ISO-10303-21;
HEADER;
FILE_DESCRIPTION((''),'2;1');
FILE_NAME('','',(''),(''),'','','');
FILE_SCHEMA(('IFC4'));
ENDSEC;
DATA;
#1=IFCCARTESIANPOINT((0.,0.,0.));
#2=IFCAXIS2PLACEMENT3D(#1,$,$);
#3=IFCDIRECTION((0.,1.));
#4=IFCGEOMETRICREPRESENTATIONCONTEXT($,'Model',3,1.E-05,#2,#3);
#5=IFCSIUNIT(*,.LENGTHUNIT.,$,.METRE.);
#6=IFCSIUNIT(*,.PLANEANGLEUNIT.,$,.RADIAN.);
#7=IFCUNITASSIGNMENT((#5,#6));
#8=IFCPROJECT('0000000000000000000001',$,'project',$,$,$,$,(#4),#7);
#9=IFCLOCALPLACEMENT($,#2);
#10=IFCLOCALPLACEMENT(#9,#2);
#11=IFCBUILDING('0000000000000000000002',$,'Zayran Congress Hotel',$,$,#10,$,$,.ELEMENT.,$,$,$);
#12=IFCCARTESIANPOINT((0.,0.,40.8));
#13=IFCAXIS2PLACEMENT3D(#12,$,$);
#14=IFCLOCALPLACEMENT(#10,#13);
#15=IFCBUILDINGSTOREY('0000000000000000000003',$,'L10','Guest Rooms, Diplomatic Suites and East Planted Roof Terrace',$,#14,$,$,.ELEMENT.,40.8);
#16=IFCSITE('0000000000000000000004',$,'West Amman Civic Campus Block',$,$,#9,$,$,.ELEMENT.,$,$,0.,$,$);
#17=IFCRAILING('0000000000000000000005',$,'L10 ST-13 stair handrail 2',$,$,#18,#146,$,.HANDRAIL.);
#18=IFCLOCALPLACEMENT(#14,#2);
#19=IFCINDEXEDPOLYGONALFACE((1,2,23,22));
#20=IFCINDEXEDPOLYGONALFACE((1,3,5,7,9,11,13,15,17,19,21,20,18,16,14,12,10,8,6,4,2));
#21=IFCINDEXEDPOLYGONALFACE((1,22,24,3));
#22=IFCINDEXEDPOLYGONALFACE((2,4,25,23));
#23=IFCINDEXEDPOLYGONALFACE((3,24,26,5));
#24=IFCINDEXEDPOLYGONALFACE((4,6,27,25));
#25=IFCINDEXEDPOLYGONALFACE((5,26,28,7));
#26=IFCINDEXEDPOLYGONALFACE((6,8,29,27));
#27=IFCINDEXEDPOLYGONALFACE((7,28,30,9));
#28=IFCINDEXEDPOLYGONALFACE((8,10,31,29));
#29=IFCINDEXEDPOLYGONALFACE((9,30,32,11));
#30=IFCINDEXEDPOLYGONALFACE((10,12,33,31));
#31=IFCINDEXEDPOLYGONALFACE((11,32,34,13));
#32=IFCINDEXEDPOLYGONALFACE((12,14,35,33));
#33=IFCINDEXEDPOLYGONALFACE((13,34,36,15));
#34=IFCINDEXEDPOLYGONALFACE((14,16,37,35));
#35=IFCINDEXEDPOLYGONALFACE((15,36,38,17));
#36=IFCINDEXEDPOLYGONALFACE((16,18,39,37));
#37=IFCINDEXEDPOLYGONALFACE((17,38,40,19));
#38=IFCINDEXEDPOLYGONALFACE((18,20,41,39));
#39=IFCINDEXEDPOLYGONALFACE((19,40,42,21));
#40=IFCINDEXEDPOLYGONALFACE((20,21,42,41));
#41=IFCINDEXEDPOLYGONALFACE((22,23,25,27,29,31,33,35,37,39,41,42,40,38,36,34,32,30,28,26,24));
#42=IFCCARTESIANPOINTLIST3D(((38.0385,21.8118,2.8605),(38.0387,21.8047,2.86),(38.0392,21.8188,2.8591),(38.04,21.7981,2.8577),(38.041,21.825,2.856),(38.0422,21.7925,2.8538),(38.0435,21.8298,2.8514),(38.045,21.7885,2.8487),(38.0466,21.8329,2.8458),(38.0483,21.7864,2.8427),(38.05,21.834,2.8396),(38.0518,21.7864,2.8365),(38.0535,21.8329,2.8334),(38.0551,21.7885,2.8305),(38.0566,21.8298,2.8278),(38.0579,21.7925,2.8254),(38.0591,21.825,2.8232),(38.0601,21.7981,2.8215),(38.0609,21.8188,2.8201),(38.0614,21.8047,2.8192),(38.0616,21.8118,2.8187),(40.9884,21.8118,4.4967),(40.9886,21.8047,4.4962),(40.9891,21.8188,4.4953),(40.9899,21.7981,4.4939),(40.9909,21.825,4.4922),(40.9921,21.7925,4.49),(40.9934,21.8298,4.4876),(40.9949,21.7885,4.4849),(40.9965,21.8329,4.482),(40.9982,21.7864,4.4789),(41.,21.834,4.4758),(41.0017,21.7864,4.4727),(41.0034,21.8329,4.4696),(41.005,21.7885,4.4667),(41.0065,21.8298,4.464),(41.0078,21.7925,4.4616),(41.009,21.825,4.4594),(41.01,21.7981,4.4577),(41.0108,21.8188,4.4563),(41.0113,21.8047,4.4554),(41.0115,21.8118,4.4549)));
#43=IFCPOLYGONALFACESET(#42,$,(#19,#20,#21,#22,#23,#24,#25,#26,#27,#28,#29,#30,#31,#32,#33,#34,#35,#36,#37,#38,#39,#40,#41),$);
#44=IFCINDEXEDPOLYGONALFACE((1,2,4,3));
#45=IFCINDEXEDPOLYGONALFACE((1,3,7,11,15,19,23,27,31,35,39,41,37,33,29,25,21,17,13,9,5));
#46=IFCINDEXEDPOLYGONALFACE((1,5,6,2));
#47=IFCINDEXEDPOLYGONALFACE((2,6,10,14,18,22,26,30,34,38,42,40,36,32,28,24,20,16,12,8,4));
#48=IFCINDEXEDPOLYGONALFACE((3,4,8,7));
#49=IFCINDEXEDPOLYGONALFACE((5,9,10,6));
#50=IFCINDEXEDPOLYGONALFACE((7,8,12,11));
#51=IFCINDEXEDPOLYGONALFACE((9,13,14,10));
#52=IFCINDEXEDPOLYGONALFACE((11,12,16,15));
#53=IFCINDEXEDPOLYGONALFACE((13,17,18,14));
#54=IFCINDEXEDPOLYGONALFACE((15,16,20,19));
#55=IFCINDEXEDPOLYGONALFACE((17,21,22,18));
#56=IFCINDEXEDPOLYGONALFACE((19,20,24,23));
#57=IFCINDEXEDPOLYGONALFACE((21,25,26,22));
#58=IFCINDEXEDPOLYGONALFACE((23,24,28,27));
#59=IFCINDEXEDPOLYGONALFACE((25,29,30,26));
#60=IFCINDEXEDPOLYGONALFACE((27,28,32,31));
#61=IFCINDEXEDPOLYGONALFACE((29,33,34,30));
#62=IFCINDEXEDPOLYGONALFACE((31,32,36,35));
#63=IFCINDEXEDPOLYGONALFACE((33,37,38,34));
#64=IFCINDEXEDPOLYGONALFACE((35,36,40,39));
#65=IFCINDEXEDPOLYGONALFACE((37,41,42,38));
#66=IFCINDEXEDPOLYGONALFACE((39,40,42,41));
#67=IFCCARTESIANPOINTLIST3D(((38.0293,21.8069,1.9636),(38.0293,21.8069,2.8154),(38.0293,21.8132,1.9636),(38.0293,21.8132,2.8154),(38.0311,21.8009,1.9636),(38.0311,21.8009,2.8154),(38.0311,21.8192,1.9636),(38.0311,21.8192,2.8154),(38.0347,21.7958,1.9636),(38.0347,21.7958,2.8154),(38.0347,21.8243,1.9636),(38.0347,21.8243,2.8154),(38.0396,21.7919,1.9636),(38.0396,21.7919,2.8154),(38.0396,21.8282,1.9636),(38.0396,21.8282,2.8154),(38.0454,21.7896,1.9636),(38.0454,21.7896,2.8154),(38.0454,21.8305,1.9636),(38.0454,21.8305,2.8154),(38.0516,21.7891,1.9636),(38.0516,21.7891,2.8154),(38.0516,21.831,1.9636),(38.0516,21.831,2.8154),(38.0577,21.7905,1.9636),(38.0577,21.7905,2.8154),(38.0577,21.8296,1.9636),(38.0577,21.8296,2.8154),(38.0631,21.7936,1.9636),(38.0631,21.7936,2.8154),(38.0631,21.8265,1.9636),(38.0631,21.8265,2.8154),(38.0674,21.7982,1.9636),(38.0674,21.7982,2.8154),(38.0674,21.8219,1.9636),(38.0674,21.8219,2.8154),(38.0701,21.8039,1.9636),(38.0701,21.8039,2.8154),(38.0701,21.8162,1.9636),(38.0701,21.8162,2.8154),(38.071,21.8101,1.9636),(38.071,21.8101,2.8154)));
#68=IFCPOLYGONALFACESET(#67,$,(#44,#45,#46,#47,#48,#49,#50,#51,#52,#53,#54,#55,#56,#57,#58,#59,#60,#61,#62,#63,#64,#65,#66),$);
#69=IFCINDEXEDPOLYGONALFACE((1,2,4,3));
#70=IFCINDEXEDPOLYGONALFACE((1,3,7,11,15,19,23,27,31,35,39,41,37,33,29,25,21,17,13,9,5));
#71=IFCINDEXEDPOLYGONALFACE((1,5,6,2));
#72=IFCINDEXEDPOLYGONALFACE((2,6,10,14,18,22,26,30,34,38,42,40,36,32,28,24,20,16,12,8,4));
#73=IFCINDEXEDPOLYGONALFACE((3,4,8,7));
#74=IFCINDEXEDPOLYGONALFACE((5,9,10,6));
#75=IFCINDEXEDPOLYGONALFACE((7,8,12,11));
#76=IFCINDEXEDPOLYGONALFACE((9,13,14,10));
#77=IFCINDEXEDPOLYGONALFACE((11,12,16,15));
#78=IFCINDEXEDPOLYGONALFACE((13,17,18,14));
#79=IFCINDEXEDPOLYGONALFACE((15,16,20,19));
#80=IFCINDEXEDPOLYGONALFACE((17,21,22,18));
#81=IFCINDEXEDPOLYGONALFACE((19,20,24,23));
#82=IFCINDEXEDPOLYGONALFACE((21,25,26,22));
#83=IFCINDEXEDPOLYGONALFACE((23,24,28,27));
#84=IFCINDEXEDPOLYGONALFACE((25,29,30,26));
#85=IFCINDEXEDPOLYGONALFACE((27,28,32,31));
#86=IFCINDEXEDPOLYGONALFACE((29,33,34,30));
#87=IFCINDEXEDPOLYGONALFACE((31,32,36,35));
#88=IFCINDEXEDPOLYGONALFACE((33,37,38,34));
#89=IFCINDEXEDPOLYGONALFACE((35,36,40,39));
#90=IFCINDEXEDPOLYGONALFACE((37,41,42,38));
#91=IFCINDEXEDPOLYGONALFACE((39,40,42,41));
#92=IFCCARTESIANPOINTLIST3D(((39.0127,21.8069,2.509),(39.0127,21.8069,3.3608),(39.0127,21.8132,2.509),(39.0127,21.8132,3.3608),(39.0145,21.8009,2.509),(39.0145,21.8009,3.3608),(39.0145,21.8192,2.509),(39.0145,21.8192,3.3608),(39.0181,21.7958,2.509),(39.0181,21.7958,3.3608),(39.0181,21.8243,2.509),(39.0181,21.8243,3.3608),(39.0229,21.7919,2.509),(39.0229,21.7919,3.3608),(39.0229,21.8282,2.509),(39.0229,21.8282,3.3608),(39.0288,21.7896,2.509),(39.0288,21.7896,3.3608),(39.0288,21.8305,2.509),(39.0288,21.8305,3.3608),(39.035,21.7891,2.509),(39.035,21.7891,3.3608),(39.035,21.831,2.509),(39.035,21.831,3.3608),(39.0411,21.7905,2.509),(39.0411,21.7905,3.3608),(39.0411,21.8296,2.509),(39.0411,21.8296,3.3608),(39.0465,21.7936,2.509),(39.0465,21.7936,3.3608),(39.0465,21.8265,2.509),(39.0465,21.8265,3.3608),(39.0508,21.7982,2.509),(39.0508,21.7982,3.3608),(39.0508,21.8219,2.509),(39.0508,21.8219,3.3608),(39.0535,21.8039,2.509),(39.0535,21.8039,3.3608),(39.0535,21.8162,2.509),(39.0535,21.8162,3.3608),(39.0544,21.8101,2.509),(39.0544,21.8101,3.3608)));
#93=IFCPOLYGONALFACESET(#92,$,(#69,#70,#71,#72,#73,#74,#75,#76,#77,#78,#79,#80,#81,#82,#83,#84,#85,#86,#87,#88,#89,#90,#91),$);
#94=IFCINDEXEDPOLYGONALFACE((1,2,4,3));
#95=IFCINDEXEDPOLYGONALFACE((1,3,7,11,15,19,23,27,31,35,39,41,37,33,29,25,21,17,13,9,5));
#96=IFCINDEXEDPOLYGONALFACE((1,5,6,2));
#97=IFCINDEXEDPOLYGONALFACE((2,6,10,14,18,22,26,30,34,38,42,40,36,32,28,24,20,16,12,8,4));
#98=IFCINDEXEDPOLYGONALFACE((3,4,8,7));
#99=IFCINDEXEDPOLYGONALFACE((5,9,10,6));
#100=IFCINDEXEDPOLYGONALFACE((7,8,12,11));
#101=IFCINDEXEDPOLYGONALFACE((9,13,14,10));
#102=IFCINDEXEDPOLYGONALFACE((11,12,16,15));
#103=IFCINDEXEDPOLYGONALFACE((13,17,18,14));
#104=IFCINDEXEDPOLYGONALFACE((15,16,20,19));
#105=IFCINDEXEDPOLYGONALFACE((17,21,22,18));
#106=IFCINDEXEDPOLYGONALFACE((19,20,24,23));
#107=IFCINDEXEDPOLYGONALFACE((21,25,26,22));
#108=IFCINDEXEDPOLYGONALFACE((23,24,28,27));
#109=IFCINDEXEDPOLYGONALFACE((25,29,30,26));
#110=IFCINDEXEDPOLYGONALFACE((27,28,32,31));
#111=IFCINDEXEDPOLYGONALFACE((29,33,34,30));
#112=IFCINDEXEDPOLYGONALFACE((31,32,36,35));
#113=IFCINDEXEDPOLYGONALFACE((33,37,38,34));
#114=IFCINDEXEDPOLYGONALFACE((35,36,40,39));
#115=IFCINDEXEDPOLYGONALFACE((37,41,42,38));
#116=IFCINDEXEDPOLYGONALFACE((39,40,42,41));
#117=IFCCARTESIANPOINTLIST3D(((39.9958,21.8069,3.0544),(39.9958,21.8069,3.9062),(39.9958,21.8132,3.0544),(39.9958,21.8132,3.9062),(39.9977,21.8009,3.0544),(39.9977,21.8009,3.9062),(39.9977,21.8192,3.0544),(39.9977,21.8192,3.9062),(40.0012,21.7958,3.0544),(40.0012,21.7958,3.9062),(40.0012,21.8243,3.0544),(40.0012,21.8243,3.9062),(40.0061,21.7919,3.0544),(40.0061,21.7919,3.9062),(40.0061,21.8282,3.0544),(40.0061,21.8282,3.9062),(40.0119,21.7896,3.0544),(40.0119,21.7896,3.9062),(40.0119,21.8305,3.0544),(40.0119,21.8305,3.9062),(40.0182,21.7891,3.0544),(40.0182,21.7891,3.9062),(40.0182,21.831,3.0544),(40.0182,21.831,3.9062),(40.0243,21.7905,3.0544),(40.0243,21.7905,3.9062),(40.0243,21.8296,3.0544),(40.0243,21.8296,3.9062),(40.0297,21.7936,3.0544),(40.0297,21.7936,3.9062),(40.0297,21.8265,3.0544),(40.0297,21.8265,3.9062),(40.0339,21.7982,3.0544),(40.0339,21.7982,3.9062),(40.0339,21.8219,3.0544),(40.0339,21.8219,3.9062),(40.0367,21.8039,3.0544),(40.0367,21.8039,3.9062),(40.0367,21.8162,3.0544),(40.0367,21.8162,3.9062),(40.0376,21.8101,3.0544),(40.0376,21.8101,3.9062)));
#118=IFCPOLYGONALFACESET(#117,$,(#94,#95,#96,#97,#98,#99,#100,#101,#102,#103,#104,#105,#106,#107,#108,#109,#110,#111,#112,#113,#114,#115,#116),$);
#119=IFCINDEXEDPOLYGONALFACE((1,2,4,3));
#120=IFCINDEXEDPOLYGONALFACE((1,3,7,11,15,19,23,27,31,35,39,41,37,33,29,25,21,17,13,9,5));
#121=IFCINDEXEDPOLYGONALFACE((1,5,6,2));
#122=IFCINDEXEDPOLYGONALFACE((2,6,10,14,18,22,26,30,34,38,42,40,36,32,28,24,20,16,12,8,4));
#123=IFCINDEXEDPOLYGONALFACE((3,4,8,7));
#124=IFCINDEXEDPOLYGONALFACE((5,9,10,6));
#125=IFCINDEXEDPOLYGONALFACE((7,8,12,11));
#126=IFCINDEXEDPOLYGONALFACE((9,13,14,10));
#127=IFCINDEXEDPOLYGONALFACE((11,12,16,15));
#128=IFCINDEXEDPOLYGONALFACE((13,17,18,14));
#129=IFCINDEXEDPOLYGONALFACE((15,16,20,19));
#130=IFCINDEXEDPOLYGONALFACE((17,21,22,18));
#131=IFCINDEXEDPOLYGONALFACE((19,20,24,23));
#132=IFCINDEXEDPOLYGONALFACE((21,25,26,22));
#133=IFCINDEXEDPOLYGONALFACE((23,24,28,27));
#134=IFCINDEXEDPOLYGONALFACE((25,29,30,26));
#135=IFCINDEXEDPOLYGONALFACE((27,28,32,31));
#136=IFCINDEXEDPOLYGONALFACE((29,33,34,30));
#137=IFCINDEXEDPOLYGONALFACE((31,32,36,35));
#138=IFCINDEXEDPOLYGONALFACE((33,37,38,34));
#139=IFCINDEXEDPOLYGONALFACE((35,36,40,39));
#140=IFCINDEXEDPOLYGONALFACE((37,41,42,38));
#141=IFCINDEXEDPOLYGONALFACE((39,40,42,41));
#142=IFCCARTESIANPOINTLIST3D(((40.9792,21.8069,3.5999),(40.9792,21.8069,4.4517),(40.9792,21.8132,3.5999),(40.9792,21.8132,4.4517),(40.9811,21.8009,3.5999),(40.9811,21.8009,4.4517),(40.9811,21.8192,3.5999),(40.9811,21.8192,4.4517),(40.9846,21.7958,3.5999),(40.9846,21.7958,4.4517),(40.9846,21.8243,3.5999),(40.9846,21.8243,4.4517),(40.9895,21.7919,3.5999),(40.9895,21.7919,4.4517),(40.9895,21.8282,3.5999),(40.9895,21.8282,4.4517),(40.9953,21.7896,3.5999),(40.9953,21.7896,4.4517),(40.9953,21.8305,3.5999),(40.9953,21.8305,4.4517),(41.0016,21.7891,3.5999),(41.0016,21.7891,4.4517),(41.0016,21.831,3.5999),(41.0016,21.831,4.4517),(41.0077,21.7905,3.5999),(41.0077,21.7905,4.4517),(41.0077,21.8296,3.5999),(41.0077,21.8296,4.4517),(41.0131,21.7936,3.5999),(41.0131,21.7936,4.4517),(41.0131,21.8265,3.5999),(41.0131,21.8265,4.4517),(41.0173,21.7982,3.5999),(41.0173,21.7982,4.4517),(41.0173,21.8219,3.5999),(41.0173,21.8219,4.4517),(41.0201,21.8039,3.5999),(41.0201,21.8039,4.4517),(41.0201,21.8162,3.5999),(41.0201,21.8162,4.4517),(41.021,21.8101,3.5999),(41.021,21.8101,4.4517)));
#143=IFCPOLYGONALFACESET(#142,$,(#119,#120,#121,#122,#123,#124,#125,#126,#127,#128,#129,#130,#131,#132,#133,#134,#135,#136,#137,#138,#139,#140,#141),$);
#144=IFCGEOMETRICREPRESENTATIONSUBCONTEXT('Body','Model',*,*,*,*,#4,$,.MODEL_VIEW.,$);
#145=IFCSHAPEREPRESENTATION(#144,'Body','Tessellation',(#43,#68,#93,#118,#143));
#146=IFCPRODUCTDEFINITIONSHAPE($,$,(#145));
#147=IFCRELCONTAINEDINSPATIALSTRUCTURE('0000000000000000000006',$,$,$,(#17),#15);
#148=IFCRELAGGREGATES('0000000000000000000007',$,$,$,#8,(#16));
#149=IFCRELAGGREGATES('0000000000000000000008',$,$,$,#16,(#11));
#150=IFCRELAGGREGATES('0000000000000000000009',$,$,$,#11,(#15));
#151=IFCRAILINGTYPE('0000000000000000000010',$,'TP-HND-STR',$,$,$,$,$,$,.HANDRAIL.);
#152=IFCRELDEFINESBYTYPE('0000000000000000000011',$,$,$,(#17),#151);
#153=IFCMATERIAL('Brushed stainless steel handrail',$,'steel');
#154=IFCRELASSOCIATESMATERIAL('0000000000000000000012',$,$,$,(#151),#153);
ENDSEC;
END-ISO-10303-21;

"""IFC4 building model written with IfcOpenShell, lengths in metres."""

from ifc_helpers import new_model, si_unit, direction, frame, origin, origin_2d, place, context, subcontext, project, spatial, circle, extrude, material, type_object, element, save


model = new_model("IFC4")

# Units and contexts
model_context = context("Model", 3, precision=1e-05, world=origin(), true_north=direction((0.0, 1.0)))
body_context = subcontext(model_context, "Body", "Model", "MODEL_VIEW")
ifc_project = project(units=[si_unit("LENGTHUNIT", "METRE"), si_unit("PLANEANGLEUNIT", "RADIAN")], contexts=[model_context])

# Site, building, storey
site_placement = place(None, origin())
site = spatial("IfcSite", under=ifc_project, at=site_placement, Name="West Amman Civic Campus Block", CompositionType="ELEMENT", RefElevation=0.0)
building_placement = place(site_placement, origin())
building = spatial("IfcBuilding", under=site, at=building_placement, Name="Zayran Congress Hotel", CompositionType="ELEMENT")
storey_placement = place(building_placement, frame((0.0, 0.0, 40.8)))
storey = spatial("IfcBuildingStorey", under=building, at=storey_placement, Name="L10", Description="Guest Rooms, Diplomatic Suites and East Planted Roof Terrace", CompositionType="ELEMENT", Elevation=40.8)

# Railing
ifc_material_1 = material(Name="Brushed stainless steel handrail", Category="steel")
railing_type_1 = type_object("IfcRailingType", Name="TP-HND-STR", PredefinedType="HANDRAIL", material=ifc_material_1)
railing_1_placement = place(storey_placement, frame((38.05, 21.8101, 1.9636)))
element("IfcRailing", 1, at=railing_1_placement, inside=storey, type_object=railing_type_1, Name="L10 ST-13 stair handrail 2", PredefinedType="HANDRAIL", context=body_context, shape_type="SweptSolid", body=[
    extrude(circle(Radius=0.0239, at=origin_2d()), frame((0.0, 0.0, 0.876), z_axis=(0.874488, 0.0, 0.485047), x_axis=(0.0, 1.0, 0.0)), (0.0, 0.0, 1.0), 3.3733),
    extrude(circle(Radius=0.021, at=origin_2d()), origin(), (0.0, 0.0, 1.0), 0.8518),
    extrude(circle(Radius=0.021, at=origin_2d()), frame((0.9834, 0.0, 0.5454)), (0.0, 0.0, 1.0), 0.8518),
    extrude(circle(Radius=0.021, at=origin_2d()), frame((1.9666, 0.0, 1.0908)), (0.0, 0.0, 1.0), 0.8518),
    extrude(circle(Radius=0.021, at=origin_2d()), frame((2.95, 0.0, 1.6362)), (0.0, 0.0, 1.0), 0.8518),
])

save(model, "model.ifc")
